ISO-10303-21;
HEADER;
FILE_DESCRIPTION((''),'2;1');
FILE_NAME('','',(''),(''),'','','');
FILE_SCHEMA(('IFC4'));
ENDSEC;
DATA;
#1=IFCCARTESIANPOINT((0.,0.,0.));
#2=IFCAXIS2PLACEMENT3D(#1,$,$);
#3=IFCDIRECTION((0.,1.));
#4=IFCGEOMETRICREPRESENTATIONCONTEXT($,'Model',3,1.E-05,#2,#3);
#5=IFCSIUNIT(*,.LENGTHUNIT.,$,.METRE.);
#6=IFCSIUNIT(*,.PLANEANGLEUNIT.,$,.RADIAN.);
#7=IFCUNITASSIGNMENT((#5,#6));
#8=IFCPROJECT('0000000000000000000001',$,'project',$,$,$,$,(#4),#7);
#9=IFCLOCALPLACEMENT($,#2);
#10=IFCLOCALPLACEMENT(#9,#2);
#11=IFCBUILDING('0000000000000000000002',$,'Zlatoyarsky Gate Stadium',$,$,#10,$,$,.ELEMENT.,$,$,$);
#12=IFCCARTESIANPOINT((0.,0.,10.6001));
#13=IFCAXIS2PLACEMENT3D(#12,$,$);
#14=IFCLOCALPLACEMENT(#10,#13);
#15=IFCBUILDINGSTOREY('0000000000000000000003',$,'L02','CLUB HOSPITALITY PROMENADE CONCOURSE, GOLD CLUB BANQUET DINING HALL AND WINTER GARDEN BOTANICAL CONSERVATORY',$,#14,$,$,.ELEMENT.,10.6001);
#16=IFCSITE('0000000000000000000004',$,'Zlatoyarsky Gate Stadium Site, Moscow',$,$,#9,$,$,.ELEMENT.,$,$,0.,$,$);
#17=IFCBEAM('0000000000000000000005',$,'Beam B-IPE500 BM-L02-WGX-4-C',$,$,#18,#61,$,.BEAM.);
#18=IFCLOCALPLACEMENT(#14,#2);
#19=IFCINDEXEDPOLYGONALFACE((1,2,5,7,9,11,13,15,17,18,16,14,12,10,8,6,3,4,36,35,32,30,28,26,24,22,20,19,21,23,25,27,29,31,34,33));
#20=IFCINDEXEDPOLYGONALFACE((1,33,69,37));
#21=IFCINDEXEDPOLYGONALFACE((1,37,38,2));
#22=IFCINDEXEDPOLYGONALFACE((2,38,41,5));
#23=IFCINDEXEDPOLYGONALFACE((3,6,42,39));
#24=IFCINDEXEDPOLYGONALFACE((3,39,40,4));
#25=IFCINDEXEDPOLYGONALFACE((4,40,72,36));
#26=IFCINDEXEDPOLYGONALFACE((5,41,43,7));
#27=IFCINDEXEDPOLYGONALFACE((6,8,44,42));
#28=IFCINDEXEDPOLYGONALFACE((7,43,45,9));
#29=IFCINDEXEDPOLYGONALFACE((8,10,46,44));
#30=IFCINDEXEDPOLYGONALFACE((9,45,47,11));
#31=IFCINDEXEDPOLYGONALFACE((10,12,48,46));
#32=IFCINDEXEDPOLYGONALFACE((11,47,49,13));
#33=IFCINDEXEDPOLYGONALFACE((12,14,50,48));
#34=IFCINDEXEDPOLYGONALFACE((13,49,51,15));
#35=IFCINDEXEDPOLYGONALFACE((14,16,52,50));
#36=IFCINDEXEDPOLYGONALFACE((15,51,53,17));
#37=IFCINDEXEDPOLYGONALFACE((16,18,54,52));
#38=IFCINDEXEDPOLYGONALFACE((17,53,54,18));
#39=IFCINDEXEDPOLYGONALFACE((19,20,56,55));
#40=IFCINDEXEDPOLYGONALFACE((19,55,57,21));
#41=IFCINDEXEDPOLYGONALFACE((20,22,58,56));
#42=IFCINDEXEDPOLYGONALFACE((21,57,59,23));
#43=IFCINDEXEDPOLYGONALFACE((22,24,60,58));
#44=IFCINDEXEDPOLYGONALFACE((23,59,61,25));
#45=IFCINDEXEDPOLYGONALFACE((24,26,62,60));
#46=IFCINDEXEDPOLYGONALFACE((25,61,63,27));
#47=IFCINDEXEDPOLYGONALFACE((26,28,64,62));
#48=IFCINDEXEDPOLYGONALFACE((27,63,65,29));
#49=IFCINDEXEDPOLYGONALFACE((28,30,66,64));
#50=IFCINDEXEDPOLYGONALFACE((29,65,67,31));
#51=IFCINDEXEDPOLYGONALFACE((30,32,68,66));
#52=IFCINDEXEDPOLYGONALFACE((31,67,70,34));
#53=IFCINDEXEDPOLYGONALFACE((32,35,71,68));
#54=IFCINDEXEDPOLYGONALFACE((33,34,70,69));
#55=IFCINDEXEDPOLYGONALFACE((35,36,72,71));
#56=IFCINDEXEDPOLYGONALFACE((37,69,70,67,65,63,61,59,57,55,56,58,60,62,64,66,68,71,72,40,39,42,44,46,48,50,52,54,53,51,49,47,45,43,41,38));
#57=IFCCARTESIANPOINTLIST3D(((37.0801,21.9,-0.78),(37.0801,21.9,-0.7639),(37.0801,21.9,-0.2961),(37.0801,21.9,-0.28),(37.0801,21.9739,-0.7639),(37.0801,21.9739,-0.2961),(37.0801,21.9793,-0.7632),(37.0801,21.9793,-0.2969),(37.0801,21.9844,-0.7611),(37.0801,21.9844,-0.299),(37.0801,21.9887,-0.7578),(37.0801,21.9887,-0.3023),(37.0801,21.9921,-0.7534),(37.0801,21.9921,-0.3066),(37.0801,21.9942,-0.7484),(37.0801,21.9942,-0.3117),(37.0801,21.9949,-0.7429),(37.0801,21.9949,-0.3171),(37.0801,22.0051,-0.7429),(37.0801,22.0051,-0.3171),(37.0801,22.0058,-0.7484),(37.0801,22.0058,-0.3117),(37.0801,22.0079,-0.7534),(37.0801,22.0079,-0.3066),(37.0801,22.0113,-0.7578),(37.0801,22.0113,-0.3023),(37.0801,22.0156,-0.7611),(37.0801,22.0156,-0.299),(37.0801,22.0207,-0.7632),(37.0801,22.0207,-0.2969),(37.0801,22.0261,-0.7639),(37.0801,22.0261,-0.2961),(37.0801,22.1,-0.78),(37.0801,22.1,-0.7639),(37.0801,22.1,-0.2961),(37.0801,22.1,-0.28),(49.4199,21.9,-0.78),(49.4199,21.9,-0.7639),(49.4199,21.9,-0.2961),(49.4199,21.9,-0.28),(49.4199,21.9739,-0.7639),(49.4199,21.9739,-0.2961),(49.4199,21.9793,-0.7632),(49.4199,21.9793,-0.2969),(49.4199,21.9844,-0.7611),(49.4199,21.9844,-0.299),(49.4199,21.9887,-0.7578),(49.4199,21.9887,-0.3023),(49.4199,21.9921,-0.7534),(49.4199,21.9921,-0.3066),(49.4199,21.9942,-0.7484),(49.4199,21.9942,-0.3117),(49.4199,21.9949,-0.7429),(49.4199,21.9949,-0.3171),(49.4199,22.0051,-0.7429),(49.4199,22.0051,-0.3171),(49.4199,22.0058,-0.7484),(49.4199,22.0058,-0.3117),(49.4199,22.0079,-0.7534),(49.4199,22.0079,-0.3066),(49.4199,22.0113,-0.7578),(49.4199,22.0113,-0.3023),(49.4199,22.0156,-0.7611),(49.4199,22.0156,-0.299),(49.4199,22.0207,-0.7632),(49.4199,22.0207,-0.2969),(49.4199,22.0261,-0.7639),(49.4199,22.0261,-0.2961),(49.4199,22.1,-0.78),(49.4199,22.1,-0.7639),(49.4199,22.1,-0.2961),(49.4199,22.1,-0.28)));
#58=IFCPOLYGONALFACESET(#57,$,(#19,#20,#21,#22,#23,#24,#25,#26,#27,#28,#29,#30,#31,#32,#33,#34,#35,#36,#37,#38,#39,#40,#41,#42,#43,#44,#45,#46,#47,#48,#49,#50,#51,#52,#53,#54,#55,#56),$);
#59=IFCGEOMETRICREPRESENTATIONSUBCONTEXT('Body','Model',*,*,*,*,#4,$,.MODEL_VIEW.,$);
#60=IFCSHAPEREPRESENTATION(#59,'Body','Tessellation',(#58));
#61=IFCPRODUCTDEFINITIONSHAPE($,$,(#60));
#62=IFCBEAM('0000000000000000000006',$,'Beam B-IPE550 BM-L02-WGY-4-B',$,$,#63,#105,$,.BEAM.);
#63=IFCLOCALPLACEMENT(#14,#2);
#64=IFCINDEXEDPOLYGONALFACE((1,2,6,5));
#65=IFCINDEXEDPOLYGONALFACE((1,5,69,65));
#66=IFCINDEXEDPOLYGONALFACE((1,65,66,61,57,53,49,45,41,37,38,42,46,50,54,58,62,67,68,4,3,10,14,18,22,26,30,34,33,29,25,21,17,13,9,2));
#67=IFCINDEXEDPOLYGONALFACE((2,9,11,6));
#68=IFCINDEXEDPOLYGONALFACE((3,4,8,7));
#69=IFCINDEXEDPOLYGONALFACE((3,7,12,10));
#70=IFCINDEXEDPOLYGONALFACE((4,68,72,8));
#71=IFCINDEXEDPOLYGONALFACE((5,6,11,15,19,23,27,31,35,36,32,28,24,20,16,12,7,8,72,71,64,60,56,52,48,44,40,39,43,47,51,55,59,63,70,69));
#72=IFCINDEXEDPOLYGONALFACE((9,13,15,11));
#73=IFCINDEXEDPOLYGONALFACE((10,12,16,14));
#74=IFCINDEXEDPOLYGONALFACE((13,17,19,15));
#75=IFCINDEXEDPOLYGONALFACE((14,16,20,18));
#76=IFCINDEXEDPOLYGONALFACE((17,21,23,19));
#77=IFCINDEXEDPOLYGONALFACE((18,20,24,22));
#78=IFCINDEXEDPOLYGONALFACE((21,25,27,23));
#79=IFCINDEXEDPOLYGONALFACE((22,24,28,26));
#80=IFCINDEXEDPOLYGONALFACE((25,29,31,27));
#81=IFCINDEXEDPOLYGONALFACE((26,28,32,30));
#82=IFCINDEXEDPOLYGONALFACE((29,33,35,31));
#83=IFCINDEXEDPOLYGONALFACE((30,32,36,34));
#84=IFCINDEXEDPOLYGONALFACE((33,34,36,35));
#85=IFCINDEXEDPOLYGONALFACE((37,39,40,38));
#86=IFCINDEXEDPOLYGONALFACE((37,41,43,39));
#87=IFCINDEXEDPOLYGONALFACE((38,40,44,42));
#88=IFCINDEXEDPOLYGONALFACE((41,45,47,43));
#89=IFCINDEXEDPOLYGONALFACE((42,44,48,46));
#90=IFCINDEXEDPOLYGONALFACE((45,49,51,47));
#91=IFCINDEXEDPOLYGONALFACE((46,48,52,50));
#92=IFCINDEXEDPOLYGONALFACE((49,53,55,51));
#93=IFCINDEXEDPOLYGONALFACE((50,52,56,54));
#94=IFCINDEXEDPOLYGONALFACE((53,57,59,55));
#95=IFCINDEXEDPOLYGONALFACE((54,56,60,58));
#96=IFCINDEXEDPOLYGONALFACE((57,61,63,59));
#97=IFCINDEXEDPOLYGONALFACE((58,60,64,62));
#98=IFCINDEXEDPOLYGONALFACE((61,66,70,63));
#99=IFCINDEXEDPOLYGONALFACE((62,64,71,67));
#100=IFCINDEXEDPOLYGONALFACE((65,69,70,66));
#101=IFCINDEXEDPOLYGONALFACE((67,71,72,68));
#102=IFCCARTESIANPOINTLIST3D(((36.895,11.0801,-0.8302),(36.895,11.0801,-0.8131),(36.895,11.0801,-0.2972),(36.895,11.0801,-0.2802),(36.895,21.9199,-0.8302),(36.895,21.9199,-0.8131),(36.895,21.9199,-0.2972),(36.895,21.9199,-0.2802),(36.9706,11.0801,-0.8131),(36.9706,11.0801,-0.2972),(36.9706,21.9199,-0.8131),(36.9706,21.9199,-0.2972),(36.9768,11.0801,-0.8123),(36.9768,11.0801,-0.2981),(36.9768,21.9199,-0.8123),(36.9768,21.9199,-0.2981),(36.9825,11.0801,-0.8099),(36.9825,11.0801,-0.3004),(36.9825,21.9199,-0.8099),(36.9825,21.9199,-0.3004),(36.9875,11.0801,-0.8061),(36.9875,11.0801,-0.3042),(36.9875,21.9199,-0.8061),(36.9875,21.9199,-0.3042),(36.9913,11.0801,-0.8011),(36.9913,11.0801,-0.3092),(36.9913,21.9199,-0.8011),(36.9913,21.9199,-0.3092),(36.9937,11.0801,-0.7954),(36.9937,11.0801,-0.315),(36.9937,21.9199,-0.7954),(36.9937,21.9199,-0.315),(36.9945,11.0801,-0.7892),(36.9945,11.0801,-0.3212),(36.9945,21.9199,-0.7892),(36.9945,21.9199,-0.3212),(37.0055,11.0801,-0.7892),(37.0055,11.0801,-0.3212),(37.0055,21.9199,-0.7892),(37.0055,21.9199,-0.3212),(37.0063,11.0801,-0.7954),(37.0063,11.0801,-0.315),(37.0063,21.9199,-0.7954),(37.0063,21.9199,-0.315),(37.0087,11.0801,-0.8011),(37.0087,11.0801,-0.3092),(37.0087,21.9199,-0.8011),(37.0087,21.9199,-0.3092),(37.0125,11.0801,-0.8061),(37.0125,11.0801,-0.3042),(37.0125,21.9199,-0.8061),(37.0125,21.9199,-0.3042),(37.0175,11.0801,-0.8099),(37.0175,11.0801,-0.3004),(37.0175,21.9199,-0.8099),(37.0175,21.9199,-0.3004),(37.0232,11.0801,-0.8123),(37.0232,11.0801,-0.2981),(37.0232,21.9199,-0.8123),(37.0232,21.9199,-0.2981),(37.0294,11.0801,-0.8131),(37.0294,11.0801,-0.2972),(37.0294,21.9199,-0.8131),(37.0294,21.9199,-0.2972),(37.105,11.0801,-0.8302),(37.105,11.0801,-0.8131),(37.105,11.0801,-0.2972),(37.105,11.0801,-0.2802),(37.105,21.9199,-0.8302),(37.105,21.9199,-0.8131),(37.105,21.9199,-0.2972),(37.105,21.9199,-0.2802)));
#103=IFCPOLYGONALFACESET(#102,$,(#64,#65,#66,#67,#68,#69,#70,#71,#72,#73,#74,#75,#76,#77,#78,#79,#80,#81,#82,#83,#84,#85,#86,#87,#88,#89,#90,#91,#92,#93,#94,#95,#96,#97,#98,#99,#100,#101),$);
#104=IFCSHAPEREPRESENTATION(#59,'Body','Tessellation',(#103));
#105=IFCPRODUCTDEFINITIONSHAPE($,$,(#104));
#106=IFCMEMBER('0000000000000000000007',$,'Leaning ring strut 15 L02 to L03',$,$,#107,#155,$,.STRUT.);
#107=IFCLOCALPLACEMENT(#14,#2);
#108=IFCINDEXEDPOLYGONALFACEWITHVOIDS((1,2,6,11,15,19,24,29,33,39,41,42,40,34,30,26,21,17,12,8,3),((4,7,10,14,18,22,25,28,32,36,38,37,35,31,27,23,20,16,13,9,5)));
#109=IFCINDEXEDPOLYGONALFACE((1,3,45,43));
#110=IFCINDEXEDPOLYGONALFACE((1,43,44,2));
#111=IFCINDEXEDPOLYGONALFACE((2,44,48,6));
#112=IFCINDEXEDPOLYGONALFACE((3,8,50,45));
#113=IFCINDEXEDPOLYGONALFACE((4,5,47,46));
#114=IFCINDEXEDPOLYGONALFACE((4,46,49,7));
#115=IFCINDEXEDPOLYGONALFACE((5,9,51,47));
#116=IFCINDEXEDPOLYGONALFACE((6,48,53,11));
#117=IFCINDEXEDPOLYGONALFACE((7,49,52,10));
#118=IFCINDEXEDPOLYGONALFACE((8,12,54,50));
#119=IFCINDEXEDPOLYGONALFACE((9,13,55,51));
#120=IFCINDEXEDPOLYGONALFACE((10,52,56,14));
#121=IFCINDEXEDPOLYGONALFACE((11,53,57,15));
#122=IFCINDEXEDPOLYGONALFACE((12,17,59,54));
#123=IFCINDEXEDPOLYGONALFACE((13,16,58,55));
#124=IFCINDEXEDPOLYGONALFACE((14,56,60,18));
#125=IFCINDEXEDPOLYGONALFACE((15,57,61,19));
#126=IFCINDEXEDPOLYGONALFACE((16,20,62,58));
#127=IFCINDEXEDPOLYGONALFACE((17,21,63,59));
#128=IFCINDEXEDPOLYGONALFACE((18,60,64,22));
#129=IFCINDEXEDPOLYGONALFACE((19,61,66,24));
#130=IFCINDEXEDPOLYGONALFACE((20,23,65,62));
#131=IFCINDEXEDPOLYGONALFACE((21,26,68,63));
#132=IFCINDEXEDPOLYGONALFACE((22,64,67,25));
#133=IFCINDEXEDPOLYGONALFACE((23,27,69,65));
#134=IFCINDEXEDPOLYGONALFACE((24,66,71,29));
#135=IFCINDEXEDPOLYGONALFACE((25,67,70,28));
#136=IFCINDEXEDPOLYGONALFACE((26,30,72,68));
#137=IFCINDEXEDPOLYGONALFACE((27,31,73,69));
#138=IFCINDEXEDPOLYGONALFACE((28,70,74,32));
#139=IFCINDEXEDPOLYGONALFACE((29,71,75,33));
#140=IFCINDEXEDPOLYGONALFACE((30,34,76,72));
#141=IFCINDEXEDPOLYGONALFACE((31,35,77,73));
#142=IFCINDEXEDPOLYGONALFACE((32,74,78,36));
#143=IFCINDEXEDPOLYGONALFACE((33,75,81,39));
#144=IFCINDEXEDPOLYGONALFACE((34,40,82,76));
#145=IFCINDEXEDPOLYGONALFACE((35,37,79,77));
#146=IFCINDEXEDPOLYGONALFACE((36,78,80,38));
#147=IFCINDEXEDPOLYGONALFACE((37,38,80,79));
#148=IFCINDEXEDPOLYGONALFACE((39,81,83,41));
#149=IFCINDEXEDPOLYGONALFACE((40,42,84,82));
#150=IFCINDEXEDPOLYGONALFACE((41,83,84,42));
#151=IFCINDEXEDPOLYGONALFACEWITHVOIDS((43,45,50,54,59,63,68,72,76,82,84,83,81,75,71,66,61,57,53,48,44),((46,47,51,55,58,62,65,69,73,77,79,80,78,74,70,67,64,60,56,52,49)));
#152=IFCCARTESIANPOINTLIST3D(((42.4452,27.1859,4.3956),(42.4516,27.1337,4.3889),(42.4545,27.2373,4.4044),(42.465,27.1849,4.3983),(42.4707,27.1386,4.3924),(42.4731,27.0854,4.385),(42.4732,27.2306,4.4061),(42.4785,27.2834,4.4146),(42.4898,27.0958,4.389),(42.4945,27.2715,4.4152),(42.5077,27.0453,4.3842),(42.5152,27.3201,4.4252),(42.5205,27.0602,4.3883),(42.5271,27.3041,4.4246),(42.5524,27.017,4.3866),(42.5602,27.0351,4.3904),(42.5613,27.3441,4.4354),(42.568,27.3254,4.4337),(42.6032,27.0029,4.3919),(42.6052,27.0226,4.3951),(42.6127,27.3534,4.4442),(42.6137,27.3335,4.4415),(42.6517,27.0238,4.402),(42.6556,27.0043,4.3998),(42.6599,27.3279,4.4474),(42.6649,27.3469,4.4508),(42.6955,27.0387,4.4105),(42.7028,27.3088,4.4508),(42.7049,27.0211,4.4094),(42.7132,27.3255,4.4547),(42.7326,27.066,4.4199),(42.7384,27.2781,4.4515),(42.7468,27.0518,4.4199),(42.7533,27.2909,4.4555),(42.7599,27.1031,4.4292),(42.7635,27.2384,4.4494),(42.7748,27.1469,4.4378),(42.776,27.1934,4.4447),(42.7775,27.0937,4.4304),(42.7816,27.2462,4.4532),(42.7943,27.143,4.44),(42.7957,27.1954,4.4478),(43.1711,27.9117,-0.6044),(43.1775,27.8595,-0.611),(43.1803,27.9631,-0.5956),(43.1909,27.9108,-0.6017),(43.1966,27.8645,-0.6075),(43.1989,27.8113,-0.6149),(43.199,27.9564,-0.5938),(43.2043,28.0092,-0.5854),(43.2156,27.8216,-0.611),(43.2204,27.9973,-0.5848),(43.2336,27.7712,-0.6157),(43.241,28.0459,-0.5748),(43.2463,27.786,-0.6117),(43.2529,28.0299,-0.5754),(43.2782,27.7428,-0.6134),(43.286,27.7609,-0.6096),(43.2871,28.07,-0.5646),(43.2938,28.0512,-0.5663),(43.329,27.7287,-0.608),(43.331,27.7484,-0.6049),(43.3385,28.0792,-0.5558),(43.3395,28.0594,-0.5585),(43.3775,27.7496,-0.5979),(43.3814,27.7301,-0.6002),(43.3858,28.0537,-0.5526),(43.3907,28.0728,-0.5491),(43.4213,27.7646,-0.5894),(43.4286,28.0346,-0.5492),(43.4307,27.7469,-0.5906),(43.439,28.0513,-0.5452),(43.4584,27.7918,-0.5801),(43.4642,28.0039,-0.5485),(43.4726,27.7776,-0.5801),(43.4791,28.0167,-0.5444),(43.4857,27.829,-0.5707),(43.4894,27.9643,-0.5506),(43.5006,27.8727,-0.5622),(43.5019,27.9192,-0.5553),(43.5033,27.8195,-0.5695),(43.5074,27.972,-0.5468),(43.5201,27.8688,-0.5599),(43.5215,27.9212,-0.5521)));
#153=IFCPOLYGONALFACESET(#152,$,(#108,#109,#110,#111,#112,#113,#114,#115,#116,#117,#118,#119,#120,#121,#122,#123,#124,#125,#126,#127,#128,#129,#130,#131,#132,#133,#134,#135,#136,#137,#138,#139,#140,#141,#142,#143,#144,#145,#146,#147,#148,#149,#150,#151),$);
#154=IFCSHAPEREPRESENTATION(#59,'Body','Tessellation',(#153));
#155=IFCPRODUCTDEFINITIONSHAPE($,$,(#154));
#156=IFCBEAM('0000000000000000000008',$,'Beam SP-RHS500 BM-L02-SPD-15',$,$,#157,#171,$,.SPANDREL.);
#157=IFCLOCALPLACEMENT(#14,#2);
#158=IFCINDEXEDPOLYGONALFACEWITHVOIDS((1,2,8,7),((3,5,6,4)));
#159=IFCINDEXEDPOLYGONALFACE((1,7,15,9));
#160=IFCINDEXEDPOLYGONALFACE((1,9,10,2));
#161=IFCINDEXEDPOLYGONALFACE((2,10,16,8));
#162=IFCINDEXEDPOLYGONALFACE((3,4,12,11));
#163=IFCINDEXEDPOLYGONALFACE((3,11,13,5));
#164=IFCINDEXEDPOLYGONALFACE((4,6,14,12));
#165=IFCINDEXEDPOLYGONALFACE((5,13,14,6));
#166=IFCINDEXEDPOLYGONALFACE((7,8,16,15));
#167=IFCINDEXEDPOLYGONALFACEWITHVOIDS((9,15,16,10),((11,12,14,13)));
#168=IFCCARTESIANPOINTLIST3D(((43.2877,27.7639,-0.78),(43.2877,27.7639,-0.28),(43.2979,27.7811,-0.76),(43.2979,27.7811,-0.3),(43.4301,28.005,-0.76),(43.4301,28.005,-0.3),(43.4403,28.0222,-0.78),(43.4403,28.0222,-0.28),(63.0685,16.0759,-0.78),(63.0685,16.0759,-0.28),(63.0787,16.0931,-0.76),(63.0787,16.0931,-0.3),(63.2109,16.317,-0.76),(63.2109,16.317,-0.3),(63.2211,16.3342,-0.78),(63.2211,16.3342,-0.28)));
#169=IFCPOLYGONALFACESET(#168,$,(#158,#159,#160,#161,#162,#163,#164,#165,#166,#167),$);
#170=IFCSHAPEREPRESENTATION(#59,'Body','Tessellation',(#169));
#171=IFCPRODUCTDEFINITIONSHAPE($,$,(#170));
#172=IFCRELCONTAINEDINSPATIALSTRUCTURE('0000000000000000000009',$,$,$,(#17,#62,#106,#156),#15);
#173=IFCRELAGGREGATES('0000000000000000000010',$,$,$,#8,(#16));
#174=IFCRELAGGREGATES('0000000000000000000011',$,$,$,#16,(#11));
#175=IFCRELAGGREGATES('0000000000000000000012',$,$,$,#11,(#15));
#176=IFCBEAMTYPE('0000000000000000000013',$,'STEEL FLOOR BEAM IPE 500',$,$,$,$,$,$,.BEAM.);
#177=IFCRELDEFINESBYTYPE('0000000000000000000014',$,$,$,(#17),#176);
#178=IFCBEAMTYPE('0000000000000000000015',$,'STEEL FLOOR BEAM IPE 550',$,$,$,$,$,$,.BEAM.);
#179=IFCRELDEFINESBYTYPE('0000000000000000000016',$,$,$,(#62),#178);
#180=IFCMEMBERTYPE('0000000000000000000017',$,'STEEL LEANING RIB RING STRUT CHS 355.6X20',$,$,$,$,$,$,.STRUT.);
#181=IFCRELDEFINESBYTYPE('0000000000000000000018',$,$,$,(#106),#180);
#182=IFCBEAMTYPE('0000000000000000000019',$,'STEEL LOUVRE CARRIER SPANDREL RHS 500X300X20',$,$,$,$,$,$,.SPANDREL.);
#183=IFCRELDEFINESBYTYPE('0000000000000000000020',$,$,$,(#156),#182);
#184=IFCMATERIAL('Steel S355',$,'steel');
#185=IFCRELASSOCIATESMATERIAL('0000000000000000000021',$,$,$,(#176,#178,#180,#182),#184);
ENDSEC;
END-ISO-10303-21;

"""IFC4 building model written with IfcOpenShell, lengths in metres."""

from ifc_helpers import new_model, si_unit, direction, frame, origin, origin_2d, place, context, subcontext, project, spatial, hollow_rectangle, hollow_circle, i_section, extrude, material, material_profile, profile_set, type_object, element, save


model = new_model("IFC4")

# Units and contexts
model_context = context("Model", 3, precision=1e-05, world=origin(), true_north=direction((0.0, 1.0)))
body_context = subcontext(model_context, "Body", "Model", "MODEL_VIEW")
ifc_project = project(units=[si_unit("LENGTHUNIT", "METRE"), si_unit("PLANEANGLEUNIT", "RADIAN")], contexts=[model_context])

# Site, building, storey
site_placement = place(None, origin())
site = spatial("IfcSite", under=ifc_project, at=site_placement, Name="Zlatoyarsky Gate Stadium Site, Moscow", CompositionType="ELEMENT", RefElevation=0.0)
building_placement = place(site_placement, origin())
building = spatial("IfcBuilding", under=site, at=building_placement, Name="Zlatoyarsky Gate Stadium", CompositionType="ELEMENT")
storey_placement = place(building_placement, frame((0.0, 0.0, 10.6001)))
storey = spatial("IfcBuildingStorey", under=building, at=storey_placement, Name="L02", Description="CLUB HOSPITALITY PROMENADE CONCOURSE, GOLD CLUB BANQUET DINING HALL AND WINTER GARDEN BOTANICAL CONSERVATORY", CompositionType="ELEMENT", Elevation=10.6001)

# Beams
ifc_material_1 = material(Name="Steel S355", Category="steel")
ifc_material_profile_1 = material_profile(ifc_material_1, i_section(OverallWidth=0.2, OverallDepth=0.5, WebThickness=0.0103, FlangeThickness=0.0161, FilletRadius=0.021, at=origin_2d()), Name="IPE 500")
ifc_profile_set_1 = profile_set([ifc_material_profile_1], Name="Steel S355")
beam_type_1 = type_object("IfcBeamType", Name="STEEL FLOOR BEAM IPE 500", PredefinedType="BEAM", material=ifc_profile_set_1)
for number, where, z_axis, x_axis, name in (
    (1, (37.0801, 22.0, -0.53), (1.0, 0.0, 0.0), (0.0, 1.0, 0.0), "Beam B-IPE500 BM-L02-WGX-4-C"),
):
    element("IfcBeam", number, at=place(storey_placement, frame(where, z_axis=z_axis, x_axis=x_axis)), inside=storey, type_object=beam_type_1, Name=name, PredefinedType="BEAM", context=body_context, shape_type="SweptSolid", body=[
        extrude(i_section(OverallWidth=0.2, OverallDepth=0.5, WebThickness=0.0103, FlangeThickness=0.0161, FilletRadius=0.021, at=origin_2d()), origin(), (0.0, 0.0, 1.0), 12.3398),
    ])
ifc_material_profile_2 = material_profile(ifc_material_1, i_section(OverallWidth=0.21, OverallDepth=0.55, WebThickness=0.011, FlangeThickness=0.0171, FilletRadius=0.0239, at=origin_2d()), Name="IPE 550")
ifc_profile_set_2 = profile_set([ifc_material_profile_2], Name="Steel S355")
beam_type_2 = type_object("IfcBeamType", Name="STEEL FLOOR BEAM IPE 550", PredefinedType="BEAM", material=ifc_profile_set_2)
beam_1_placement = place(storey_placement, frame((37.0, 11.0801, -0.5552), z_axis=(0.0, 1.0, 0.0), x_axis=(-1.0, 0.0, 0.0)))
element("IfcBeam", 2, at=beam_1_placement, inside=storey, type_object=beam_type_2, Name="Beam B-IPE550 BM-L02-WGY-4-B", PredefinedType="BEAM", context=body_context, shape_type="SweptSolid", body=[
    extrude(i_section(OverallWidth=0.21, OverallDepth=0.55, WebThickness=0.011, FlangeThickness=0.0171, FilletRadius=0.0239, at=origin_2d()), origin(), (0.0, 0.0, 1.0), 10.8398),
])

# Member
ifc_material_profile_3 = material_profile(ifc_material_1, hollow_circle(Radius=0.1777, WallThickness=0.02, at=origin_2d()), Name="CHS 355.6X20")
ifc_profile_set_3 = profile_set([ifc_material_profile_3], Name="Steel S355")
member_type_1 = type_object("IfcMemberType", Name="STEEL LEANING RIB RING STRUT CHS 355.6X20", PredefinedType="STRUT", material=ifc_profile_set_3)
member_1_placement = place(storey_placement, frame((43.3469, 27.9033, -0.5801), z_axis=(-0.1422, -0.1422, 0.97957), x_axis=(0.707107, -0.707107, 0.0)))
element("IfcMember", 3, at=member_1_placement, inside=storey, type_object=member_type_1, Name="Leaning ring strut 15 L02 to L03", PredefinedType="STRUT", context=body_context, shape_type="SweptSolid", body=[
    extrude(hollow_circle(Radius=0.1777, WallThickness=0.02, at=origin_2d()), origin(), (0.0, 0.0, 1.0), 5.1042),
])

# Beam
ifc_material_profile_4 = material_profile(ifc_material_1, hollow_rectangle(XDim=0.3, YDim=0.5, WallThickness=0.02, at=origin_2d()), Name="RHS 500X300X20")
ifc_profile_set_4 = profile_set([ifc_material_profile_4], Name="Steel S355")
beam_type_3 = type_object("IfcBeamType", Name="STEEL LOUVRE CARRIER SPANDREL RHS 500X300X20", PredefinedType="SPANDREL", material=ifc_profile_set_4)
beam_2_placement = place(storey_placement, frame((43.364, 27.8931, -0.53), z_axis=(0.860939, -0.508709, 0.0), x_axis=(0.508709, 0.860939, 0.0)))
element("IfcBeam", 4, at=beam_2_placement, inside=storey, type_object=beam_type_3, Name="Beam SP-RHS500 BM-L02-SPD-15", PredefinedType="SPANDREL", context=body_context, shape_type="SweptSolid", body=[
    extrude(hollow_rectangle(XDim=0.3, YDim=0.5, WallThickness=0.02, at=origin_2d()), origin(), (0.0, 0.0, 1.0), 22.9758),
])

save(model, "model.ifc")
